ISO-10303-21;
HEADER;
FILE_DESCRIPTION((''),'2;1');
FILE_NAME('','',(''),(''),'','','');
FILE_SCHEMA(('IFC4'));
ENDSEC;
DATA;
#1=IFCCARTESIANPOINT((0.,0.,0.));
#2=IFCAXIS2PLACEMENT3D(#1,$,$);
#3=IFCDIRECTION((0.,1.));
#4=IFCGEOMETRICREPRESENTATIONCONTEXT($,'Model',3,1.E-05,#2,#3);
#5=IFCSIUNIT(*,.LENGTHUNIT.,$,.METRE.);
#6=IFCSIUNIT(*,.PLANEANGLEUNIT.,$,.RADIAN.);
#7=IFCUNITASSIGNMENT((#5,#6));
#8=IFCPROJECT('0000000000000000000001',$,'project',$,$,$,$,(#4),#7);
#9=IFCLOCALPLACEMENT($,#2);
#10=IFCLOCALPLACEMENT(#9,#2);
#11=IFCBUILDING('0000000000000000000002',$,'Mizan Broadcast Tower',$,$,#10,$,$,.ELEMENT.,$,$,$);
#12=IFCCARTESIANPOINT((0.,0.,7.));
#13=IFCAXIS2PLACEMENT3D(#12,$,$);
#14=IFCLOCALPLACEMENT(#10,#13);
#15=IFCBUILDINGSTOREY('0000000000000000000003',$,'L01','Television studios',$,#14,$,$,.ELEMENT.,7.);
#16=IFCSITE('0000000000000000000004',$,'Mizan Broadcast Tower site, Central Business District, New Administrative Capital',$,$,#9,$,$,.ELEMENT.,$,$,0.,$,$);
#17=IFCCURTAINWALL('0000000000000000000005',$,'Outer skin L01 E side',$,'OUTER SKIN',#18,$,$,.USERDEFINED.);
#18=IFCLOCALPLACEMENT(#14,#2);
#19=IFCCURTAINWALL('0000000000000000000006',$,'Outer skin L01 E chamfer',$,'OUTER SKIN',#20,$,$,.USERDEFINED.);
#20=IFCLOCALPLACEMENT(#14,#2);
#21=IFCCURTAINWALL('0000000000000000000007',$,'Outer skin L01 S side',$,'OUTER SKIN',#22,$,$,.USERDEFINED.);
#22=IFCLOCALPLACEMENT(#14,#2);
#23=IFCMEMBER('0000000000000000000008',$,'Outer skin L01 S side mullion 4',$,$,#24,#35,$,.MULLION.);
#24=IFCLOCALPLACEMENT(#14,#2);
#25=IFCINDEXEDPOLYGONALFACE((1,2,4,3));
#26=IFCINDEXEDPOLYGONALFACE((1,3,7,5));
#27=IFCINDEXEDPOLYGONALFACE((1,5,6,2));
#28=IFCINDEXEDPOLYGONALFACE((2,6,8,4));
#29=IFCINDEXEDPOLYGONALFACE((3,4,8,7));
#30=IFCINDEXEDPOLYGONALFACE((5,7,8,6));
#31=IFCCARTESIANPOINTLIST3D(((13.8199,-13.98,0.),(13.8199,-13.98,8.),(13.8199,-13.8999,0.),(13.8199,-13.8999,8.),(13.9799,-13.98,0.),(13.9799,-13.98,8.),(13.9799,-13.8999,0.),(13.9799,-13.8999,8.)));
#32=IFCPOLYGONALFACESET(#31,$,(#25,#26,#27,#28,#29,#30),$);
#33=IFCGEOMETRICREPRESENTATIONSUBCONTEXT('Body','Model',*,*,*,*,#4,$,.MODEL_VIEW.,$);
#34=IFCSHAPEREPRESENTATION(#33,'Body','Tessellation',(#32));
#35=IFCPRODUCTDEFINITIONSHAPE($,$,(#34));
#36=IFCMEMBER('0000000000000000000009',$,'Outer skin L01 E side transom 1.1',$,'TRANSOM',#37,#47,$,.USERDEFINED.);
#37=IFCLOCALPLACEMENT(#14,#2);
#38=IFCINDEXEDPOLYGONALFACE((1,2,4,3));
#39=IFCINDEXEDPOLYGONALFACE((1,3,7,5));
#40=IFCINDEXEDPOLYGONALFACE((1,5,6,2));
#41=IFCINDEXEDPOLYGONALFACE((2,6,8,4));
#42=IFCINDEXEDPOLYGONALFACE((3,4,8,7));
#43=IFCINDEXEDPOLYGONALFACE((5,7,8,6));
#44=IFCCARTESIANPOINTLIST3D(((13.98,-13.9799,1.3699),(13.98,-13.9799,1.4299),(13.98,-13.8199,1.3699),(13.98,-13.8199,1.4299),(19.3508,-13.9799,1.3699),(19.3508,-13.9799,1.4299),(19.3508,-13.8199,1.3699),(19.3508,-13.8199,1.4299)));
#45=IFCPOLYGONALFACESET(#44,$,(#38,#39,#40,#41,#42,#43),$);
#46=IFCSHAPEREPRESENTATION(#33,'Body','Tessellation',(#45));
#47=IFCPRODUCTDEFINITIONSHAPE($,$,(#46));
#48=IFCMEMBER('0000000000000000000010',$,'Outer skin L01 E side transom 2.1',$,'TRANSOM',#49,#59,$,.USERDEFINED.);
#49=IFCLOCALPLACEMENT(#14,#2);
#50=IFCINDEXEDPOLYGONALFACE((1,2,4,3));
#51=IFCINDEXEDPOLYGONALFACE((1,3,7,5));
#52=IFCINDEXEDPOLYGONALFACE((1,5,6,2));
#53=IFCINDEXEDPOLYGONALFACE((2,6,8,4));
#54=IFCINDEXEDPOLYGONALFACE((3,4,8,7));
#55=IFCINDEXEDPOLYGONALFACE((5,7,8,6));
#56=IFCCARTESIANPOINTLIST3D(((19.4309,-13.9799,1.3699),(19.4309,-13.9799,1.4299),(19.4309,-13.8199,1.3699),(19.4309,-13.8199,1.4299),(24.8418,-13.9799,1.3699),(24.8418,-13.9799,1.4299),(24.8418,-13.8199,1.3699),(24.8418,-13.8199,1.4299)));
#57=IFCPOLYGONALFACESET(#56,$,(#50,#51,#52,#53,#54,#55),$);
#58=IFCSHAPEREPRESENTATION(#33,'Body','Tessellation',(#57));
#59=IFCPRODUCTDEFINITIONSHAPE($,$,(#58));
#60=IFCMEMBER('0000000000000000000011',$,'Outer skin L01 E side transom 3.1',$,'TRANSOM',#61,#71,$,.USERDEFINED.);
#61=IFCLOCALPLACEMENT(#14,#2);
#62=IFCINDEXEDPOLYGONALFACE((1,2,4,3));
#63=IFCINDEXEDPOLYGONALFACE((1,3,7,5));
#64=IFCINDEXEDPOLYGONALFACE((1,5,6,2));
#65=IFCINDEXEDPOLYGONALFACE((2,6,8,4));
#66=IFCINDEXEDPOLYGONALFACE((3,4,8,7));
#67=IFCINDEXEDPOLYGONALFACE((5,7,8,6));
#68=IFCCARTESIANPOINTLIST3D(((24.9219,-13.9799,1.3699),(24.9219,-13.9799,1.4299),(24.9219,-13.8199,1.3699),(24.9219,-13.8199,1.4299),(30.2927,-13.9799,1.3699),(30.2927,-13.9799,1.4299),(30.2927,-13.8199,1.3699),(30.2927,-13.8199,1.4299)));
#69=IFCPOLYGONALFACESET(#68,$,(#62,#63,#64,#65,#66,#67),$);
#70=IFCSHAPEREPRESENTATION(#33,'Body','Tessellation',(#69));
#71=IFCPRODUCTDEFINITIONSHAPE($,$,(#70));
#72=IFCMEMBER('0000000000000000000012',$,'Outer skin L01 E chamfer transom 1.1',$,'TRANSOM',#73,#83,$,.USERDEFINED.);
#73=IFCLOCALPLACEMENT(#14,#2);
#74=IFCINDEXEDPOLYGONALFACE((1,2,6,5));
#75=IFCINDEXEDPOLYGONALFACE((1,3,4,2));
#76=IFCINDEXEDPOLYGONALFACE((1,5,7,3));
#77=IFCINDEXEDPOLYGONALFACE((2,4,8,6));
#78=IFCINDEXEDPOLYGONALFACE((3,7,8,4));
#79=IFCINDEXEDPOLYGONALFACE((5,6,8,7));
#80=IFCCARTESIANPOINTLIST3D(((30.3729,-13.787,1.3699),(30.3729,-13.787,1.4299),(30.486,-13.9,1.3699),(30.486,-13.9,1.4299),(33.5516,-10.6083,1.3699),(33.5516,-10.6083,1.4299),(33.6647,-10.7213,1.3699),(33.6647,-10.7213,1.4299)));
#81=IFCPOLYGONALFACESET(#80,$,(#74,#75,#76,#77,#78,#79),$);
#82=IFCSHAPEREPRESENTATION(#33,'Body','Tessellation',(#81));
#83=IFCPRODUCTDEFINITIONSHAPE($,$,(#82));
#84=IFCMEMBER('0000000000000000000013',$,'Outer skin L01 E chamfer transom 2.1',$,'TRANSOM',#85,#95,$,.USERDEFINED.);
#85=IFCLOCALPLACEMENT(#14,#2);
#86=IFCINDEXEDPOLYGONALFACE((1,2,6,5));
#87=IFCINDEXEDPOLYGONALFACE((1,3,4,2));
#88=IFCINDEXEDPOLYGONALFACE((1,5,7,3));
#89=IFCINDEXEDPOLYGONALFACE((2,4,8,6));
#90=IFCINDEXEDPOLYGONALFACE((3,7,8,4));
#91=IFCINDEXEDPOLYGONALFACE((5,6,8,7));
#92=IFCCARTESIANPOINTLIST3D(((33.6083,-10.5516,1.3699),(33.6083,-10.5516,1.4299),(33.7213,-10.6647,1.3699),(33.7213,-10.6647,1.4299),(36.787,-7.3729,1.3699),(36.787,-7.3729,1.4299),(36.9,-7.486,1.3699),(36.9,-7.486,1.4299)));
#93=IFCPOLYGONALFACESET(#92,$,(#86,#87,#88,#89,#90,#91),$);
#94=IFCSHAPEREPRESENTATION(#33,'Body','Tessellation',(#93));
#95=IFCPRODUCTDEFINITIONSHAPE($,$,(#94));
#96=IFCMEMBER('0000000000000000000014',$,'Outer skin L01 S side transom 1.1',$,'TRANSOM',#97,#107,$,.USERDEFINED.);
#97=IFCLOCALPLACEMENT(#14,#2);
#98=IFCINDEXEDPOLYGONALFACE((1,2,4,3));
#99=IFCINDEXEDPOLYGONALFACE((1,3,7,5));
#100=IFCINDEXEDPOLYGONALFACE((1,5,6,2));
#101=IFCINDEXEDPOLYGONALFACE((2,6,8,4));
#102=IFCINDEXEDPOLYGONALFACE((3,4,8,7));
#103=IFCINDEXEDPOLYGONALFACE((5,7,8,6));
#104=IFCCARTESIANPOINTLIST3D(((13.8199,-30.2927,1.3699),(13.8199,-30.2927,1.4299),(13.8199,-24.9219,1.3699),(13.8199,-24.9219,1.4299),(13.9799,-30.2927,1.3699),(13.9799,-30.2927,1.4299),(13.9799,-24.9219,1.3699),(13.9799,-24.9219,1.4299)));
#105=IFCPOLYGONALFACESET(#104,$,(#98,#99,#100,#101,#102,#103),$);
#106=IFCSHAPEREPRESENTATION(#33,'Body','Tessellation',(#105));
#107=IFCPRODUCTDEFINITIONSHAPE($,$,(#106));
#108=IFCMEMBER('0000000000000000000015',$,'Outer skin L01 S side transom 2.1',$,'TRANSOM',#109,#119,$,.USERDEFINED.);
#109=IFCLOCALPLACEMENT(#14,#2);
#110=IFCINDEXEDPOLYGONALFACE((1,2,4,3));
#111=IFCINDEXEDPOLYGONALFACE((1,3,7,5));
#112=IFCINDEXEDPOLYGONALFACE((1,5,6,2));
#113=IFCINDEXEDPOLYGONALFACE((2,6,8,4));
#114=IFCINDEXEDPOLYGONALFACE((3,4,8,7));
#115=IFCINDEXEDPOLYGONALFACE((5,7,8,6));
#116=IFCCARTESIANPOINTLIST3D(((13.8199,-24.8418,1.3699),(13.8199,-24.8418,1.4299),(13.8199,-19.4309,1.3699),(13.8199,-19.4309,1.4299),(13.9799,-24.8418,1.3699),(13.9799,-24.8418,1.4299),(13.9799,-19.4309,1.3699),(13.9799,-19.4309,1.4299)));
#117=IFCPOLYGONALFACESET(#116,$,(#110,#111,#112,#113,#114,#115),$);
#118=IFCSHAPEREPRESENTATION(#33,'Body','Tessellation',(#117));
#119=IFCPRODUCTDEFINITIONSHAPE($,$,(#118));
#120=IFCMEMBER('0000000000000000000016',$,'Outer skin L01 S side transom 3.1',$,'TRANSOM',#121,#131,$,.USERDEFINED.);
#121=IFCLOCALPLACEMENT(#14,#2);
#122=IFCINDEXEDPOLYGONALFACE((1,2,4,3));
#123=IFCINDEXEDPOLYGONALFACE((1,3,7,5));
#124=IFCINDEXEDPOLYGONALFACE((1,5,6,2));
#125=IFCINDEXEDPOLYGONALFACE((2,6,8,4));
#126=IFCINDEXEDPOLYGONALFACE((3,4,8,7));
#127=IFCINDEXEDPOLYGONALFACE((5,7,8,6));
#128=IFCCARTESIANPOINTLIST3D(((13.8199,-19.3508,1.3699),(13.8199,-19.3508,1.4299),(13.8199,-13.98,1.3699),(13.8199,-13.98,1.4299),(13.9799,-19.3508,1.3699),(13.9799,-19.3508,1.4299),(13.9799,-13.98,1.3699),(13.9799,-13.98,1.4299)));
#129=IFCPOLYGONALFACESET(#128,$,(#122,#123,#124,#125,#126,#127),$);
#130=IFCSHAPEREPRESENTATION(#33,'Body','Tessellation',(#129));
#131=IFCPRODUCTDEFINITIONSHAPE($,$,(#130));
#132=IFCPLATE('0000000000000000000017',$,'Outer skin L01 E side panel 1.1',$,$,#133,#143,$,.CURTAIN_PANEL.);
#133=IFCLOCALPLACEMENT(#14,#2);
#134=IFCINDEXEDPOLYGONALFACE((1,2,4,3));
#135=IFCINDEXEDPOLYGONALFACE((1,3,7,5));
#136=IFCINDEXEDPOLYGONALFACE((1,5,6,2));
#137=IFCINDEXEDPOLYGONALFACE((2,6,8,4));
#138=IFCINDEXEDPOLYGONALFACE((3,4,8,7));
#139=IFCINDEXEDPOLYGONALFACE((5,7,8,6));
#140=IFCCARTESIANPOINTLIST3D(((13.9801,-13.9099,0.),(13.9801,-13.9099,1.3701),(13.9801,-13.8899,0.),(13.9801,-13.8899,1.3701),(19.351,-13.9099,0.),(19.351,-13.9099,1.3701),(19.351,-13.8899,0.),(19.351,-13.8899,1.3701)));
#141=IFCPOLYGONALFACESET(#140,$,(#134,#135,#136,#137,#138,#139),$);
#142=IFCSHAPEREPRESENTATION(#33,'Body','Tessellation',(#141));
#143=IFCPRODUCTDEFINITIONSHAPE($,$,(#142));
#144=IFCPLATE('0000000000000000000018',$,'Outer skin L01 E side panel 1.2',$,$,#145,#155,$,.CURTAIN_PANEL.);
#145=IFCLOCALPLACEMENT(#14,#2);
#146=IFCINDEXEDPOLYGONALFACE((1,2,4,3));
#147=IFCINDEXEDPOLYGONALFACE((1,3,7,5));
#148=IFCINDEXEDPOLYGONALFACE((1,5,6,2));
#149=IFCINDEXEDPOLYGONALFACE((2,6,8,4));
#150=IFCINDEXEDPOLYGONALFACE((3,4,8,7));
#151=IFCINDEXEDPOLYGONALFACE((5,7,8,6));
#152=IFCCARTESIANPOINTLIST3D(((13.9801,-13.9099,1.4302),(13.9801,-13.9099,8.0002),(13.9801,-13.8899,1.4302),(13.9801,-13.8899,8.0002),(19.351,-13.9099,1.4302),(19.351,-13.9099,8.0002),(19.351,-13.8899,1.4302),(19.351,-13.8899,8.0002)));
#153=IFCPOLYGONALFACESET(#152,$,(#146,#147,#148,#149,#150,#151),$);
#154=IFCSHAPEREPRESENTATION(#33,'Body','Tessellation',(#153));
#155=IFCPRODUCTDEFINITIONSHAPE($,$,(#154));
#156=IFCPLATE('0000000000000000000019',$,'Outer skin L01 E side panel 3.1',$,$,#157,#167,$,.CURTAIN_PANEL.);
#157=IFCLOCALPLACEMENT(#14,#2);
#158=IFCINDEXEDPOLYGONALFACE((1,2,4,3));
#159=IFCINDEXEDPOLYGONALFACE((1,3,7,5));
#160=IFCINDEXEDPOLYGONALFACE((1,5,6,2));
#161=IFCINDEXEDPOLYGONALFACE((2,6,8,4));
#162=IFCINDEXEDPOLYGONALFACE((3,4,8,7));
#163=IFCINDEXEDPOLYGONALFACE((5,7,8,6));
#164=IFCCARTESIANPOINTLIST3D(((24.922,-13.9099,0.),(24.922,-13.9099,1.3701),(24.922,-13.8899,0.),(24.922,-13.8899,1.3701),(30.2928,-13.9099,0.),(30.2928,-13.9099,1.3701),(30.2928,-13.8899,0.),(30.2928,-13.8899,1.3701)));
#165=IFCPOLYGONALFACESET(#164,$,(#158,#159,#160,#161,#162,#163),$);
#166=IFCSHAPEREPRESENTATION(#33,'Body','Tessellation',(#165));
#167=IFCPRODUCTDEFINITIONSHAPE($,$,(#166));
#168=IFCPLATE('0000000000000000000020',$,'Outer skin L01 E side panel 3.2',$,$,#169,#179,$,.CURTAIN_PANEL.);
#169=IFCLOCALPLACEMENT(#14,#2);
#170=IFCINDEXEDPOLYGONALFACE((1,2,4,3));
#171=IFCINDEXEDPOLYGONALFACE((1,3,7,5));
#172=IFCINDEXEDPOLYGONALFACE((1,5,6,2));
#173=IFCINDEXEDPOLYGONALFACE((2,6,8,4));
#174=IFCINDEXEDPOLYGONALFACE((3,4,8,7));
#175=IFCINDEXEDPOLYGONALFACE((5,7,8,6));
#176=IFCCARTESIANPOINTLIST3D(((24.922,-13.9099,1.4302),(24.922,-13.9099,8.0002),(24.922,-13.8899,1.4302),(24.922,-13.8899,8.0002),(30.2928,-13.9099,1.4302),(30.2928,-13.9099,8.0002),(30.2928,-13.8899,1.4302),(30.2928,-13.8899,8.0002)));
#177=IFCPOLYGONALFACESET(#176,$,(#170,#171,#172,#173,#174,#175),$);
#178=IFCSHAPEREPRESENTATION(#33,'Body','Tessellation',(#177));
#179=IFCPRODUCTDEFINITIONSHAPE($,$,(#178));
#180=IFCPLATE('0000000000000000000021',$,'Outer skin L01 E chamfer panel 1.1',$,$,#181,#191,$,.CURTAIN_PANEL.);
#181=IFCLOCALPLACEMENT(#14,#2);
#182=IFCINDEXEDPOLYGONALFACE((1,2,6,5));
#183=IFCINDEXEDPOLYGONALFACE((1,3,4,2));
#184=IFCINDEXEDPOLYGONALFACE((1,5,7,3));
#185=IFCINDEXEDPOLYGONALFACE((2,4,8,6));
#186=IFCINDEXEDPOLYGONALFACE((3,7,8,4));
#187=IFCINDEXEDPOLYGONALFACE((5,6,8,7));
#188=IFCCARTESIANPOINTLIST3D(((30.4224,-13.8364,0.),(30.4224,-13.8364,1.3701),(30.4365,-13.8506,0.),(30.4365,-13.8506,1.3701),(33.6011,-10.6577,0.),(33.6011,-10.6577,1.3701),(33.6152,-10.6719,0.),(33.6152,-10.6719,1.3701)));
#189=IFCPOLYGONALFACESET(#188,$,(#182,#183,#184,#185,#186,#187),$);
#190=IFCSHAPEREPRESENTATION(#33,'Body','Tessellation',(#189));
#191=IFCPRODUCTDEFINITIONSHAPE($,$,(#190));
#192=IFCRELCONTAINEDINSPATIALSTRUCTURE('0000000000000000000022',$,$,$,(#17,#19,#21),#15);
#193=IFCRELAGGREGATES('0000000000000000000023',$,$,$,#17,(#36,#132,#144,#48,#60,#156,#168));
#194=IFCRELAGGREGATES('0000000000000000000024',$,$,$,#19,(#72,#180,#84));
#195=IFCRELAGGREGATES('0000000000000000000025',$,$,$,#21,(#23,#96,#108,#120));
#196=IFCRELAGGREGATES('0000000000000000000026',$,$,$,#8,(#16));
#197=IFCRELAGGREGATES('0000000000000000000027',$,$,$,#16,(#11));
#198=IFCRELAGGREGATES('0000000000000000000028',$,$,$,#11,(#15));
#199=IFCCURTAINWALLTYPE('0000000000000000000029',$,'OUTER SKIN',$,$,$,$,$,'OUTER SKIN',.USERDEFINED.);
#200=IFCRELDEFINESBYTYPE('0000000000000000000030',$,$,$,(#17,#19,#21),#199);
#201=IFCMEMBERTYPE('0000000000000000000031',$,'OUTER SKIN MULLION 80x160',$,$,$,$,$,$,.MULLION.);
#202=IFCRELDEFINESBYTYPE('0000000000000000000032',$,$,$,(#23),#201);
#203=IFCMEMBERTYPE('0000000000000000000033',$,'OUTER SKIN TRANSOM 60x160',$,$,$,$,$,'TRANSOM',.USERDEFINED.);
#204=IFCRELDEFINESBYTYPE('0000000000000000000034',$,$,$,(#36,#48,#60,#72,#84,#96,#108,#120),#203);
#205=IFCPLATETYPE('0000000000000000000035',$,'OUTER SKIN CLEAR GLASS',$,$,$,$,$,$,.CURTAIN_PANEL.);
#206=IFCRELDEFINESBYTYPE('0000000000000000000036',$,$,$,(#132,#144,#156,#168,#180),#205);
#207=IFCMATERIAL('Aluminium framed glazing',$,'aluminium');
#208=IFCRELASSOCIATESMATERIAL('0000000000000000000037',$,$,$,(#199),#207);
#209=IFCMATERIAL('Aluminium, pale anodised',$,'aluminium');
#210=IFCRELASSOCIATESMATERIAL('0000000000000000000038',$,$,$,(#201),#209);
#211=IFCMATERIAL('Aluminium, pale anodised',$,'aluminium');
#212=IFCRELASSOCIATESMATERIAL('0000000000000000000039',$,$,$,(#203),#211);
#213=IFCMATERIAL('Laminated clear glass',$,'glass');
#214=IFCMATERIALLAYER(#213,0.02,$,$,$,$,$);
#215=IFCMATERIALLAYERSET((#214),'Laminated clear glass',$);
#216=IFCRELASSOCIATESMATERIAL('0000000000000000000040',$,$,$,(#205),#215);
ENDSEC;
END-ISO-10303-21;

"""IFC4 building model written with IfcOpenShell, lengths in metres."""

from ifc_helpers import new_model, si_unit, direction, frame, origin, origin_2d, place, context, subcontext, project, spatial, rectangle, extrude, material, layer, layer_set, material_profile, profile_set, type_object, element, aggregate, save


model = new_model("IFC4")

# Units and contexts
model_context = context("Model", 3, precision=1e-05, world=origin(), true_north=direction((0.0, 1.0)))
body_context = subcontext(model_context, "Body", "Model", "MODEL_VIEW")
ifc_project = project(units=[si_unit("LENGTHUNIT", "METRE"), si_unit("PLANEANGLEUNIT", "RADIAN")], contexts=[model_context])

# Site, building, storey
site_placement = place(None, origin())
site = spatial("IfcSite", under=ifc_project, at=site_placement, Name="Mizan Broadcast Tower site, Central Business District, New Administrative Capital", CompositionType="ELEMENT", RefElevation=0.0)
building_placement = place(site_placement, origin())
building = spatial("IfcBuilding", under=site, at=building_placement, Name="Mizan Broadcast Tower", CompositionType="ELEMENT")
storey_placement = place(building_placement, frame((0.0, 0.0, 7.0)))
storey = spatial("IfcBuildingStorey", under=building, at=storey_placement, Name="L01", Description="Television studios", CompositionType="ELEMENT", Elevation=7.0)

# Curtain wall
ifc_material_1 = material(Name="Aluminium framed glazing", Category="aluminium")
curtain_wall_type = type_object("IfcCurtainWallType", Name="OUTER SKIN", ElementType="OUTER SKIN", PredefinedType="USERDEFINED", material=ifc_material_1)
curtain_wall_1_placement = place(storey_placement, origin())
curtain_wall_1 = element("IfcCurtainWall", 1, at=curtain_wall_1_placement, inside=storey, type_object=curtain_wall_type, Name="Outer skin L01 E side", ObjectType="OUTER SKIN", PredefinedType="USERDEFINED")
ifc_material_2 = material(Name="Aluminium, pale anodised", Category="aluminium")
ifc_material_profile_1 = material_profile(ifc_material_2, rectangle(XDim=0.1599, YDim=0.0801, at=origin_2d()), Name="MULLION 160x80")
ifc_profile_set_1 = profile_set([ifc_material_profile_1], Name="Aluminium, pale anodised")
member_type_1 = type_object("IfcMemberType", Name="OUTER SKIN MULLION 80x160", PredefinedType="MULLION", material=ifc_profile_set_1)

# Curtain wall
curtain_wall_2_placement = place(storey_placement, origin())
curtain_wall_2 = element("IfcCurtainWall", 2, at=curtain_wall_2_placement, inside=storey, type_object=curtain_wall_type, Name="Outer skin L01 E chamfer", ObjectType="OUTER SKIN", PredefinedType="USERDEFINED")

# Curtain wall, member
curtain_wall_3_placement = place(storey_placement, origin())
curtain_wall_3 = element("IfcCurtainWall", 3, at=curtain_wall_3_placement, inside=storey, type_object=curtain_wall_type, Name="Outer skin L01 S side", ObjectType="OUTER SKIN", PredefinedType="USERDEFINED")
member_1_placement = place(storey_placement, frame((13.8999, -13.9399, 0.0), z_axis=(0.0, 0.0, 1.0), x_axis=(-1.0, 0.0, 0.0)))
member_1 = element("IfcMember", 4, at=member_1_placement, type_object=member_type_1, Name="Outer skin L01 S side mullion 4", PredefinedType="MULLION", context=body_context, shape_type="SweptSolid", body=[
    extrude(rectangle(XDim=0.1599, YDim=0.0801, at=origin_2d()), origin(), (0.0, 0.0, 1.0), 8.0),
])

# Members
ifc_material_3 = material(Name="Aluminium, pale anodised", Category="aluminium")
ifc_material_profile_2 = material_profile(ifc_material_3, rectangle(XDim=0.1599, YDim=0.0601, at=origin_2d()), Name="TRANSOM 160x60")
ifc_profile_set_2 = profile_set([ifc_material_profile_2], Name="Aluminium, pale anodised")
member_type_2 = type_object("IfcMemberType", Name="OUTER SKIN TRANSOM 60x160", ElementType="TRANSOM", PredefinedType="USERDEFINED", material=ifc_profile_set_2)
member_2_placement = place(storey_placement, frame((13.98, -13.8999, 1.3999), z_axis=(1.0, 0.0, 0.0), x_axis=(0.0, 1.0, 0.0)))
member_2 = element("IfcMember", 5, at=member_2_placement, type_object=member_type_2, Name="Outer skin L01 E side transom 1.1", ObjectType="TRANSOM", PredefinedType="USERDEFINED", context=body_context, shape_type="SweptSolid", body=[
    extrude(rectangle(XDim=0.1599, YDim=0.0601, at=origin_2d()), origin(), (0.0, 0.0, 1.0), 5.3708),
])
member_3_placement = place(storey_placement, frame((19.4309, -13.8999, 1.3999), z_axis=(1.0, 0.0, 0.0), x_axis=(0.0, 1.0, 0.0)))
member_3 = element("IfcMember", 6, at=member_3_placement, type_object=member_type_2, Name="Outer skin L01 E side transom 2.1", ObjectType="TRANSOM", PredefinedType="USERDEFINED", context=body_context, shape_type="SweptSolid", body=[
    extrude(rectangle(XDim=0.1599, YDim=0.0601, at=origin_2d()), origin(), (0.0, 0.0, 1.0), 5.4109),
])
member_4_placement = place(storey_placement, frame((24.9219, -13.8999, 1.3999), z_axis=(1.0, 0.0, 0.0), x_axis=(0.0, 1.0, 0.0)))
member_4 = element("IfcMember", 7, at=member_4_placement, type_object=member_type_2, Name="Outer skin L01 E side transom 3.1", ObjectType="TRANSOM", PredefinedType="USERDEFINED", context=body_context, shape_type="SweptSolid", body=[
    extrude(rectangle(XDim=0.1599, YDim=0.0601, at=origin_2d()), origin(), (0.0, 0.0, 1.0), 5.3708),
])
member_5_placement = place(storey_placement, frame((30.4294, -13.8435, 1.3999), z_axis=(0.707107, 0.707107, 0.0), x_axis=(-0.707107, 0.707107, 0.0)))
member_5 = element("IfcMember", 8, at=member_5_placement, type_object=member_type_2, Name="Outer skin L01 E chamfer transom 1.1", ObjectType="TRANSOM", PredefinedType="USERDEFINED", context=body_context, shape_type="SweptSolid", body=[
    extrude(rectangle(XDim=0.1599, YDim=0.0601, at=origin_2d()), origin(), (0.0, 0.0, 1.0), 4.4954),
])
member_6_placement = place(storey_placement, frame((33.6648, -10.6082, 1.3999), z_axis=(0.707107, 0.707107, 0.0), x_axis=(-0.707107, 0.707107, 0.0)))
member_6 = element("IfcMember", 9, at=member_6_placement, type_object=member_type_2, Name="Outer skin L01 E chamfer transom 2.1", ObjectType="TRANSOM", PredefinedType="USERDEFINED", context=body_context, shape_type="SweptSolid", body=[
    extrude(rectangle(XDim=0.1599, YDim=0.0601, at=origin_2d()), origin(), (0.0, 0.0, 1.0), 4.4954),
])
member_7_placement = place(storey_placement, frame((13.8999, -30.2927, 1.3999), z_axis=(0.0, 1.0, 0.0), x_axis=(-1.0, 0.0, 0.0)))
member_7 = element("IfcMember", 10, at=member_7_placement, type_object=member_type_2, Name="Outer skin L01 S side transom 1.1", ObjectType="TRANSOM", PredefinedType="USERDEFINED", context=body_context, shape_type="SweptSolid", body=[
    extrude(rectangle(XDim=0.1599, YDim=0.0601, at=origin_2d()), origin(), (0.0, 0.0, 1.0), 5.3708),
])
member_8_placement = place(storey_placement, frame((13.8999, -24.8418, 1.3999), z_axis=(0.0, 1.0, 0.0), x_axis=(-1.0, 0.0, 0.0)))
member_8 = element("IfcMember", 11, at=member_8_placement, type_object=member_type_2, Name="Outer skin L01 S side transom 2.1", ObjectType="TRANSOM", PredefinedType="USERDEFINED", context=body_context, shape_type="SweptSolid", body=[
    extrude(rectangle(XDim=0.1599, YDim=0.0601, at=origin_2d()), origin(), (0.0, 0.0, 1.0), 5.4109),
])
member_9_placement = place(storey_placement, frame((13.8999, -19.3508, 1.3999), z_axis=(0.0, 1.0, 0.0), x_axis=(-1.0, 0.0, 0.0)))
member_9 = element("IfcMember", 12, at=member_9_placement, type_object=member_type_2, Name="Outer skin L01 S side transom 3.1", ObjectType="TRANSOM", PredefinedType="USERDEFINED", context=body_context, shape_type="SweptSolid", body=[
    extrude(rectangle(XDim=0.1599, YDim=0.0601, at=origin_2d()), origin(), (0.0, 0.0, 1.0), 5.3708),
])

# Plates
ifc_material_4 = material(Name="Laminated clear glass", Category="glass")
ifc_layer_1 = layer(ifc_material_4, 0.02)
ifc_layer_set_1 = layer_set([ifc_layer_1], Name="Laminated clear glass")
plate_type_1 = type_object("IfcPlateType", Name="OUTER SKIN CLEAR GLASS", PredefinedType="CURTAIN_PANEL", material=ifc_layer_set_1)
plate_1_placement = place(storey_placement, frame((16.6655, -13.8999, 0.0), z_axis=(0.0, 0.0, 1.0), x_axis=(1.0, 0.0, 0.0)))
plate_1 = element("IfcPlate", 13, at=plate_1_placement, type_object=plate_type_1, Name="Outer skin L01 E side panel 1.1", PredefinedType="CURTAIN_PANEL", context=body_context, shape_type="SweptSolid", body=[
    extrude(rectangle(XDim=5.3708, YDim=0.02, at=origin_2d()), origin(), (0.0, 0.0, 1.0), 1.3701),
])
plate_2_placement = place(storey_placement, frame((16.6655, -13.8999, 1.4302), z_axis=(0.0, 0.0, 1.0), x_axis=(1.0, 0.0, 0.0)))
plate_2 = element("IfcPlate", 14, at=plate_2_placement, type_object=plate_type_1, Name="Outer skin L01 E side panel 1.2", PredefinedType="CURTAIN_PANEL", context=body_context, shape_type="SweptSolid", body=[
    extrude(rectangle(XDim=5.3708, YDim=0.02, at=origin_2d()), origin(), (0.0, 0.0, 1.0), 6.5701),
])
plate_3_placement = place(storey_placement, frame((27.6074, -13.8999, 0.0), z_axis=(0.0, 0.0, 1.0), x_axis=(1.0, 0.0, 0.0)))
plate_3 = element("IfcPlate", 15, at=plate_3_placement, type_object=plate_type_1, Name="Outer skin L01 E side panel 3.1", PredefinedType="CURTAIN_PANEL", context=body_context, shape_type="SweptSolid", body=[
    extrude(rectangle(XDim=5.3708, YDim=0.02, at=origin_2d()), origin(), (0.0, 0.0, 1.0), 1.3701),
])
plate_4_placement = place(storey_placement, frame((27.6074, -13.8999, 1.4302), z_axis=(0.0, 0.0, 1.0), x_axis=(1.0, 0.0, 0.0)))
plate_4 = element("IfcPlate", 16, at=plate_4_placement, type_object=plate_type_1, Name="Outer skin L01 E side panel 3.2", PredefinedType="CURTAIN_PANEL", context=body_context, shape_type="SweptSolid", body=[
    extrude(rectangle(XDim=5.3708, YDim=0.02, at=origin_2d()), origin(), (0.0, 0.0, 1.0), 6.5701),
])
plate_5_placement = place(storey_placement, frame((32.0188, -12.2542, 0.0), z_axis=(0.0, 0.0, 1.0), x_axis=(0.707107, 0.707107, 0.0)))
plate_5 = element("IfcPlate", 17, at=plate_5_placement, type_object=plate_type_1, Name="Outer skin L01 E chamfer panel 1.1", PredefinedType="CURTAIN_PANEL", context=body_context, shape_type="SweptSolid", body=[
    extrude(rectangle(XDim=4.4954, YDim=0.02, at=origin_2d()), origin(), (0.0, 0.0, 1.0), 1.3701),
])
aggregate(curtain_wall_1, [member_2, plate_1, plate_2, member_3, member_4, plate_3, plate_4])
aggregate(curtain_wall_2, [member_5, plate_5, member_6])
aggregate(curtain_wall_3, [member_1, member_7, member_8, member_9])

save(model, "model.ifc")
